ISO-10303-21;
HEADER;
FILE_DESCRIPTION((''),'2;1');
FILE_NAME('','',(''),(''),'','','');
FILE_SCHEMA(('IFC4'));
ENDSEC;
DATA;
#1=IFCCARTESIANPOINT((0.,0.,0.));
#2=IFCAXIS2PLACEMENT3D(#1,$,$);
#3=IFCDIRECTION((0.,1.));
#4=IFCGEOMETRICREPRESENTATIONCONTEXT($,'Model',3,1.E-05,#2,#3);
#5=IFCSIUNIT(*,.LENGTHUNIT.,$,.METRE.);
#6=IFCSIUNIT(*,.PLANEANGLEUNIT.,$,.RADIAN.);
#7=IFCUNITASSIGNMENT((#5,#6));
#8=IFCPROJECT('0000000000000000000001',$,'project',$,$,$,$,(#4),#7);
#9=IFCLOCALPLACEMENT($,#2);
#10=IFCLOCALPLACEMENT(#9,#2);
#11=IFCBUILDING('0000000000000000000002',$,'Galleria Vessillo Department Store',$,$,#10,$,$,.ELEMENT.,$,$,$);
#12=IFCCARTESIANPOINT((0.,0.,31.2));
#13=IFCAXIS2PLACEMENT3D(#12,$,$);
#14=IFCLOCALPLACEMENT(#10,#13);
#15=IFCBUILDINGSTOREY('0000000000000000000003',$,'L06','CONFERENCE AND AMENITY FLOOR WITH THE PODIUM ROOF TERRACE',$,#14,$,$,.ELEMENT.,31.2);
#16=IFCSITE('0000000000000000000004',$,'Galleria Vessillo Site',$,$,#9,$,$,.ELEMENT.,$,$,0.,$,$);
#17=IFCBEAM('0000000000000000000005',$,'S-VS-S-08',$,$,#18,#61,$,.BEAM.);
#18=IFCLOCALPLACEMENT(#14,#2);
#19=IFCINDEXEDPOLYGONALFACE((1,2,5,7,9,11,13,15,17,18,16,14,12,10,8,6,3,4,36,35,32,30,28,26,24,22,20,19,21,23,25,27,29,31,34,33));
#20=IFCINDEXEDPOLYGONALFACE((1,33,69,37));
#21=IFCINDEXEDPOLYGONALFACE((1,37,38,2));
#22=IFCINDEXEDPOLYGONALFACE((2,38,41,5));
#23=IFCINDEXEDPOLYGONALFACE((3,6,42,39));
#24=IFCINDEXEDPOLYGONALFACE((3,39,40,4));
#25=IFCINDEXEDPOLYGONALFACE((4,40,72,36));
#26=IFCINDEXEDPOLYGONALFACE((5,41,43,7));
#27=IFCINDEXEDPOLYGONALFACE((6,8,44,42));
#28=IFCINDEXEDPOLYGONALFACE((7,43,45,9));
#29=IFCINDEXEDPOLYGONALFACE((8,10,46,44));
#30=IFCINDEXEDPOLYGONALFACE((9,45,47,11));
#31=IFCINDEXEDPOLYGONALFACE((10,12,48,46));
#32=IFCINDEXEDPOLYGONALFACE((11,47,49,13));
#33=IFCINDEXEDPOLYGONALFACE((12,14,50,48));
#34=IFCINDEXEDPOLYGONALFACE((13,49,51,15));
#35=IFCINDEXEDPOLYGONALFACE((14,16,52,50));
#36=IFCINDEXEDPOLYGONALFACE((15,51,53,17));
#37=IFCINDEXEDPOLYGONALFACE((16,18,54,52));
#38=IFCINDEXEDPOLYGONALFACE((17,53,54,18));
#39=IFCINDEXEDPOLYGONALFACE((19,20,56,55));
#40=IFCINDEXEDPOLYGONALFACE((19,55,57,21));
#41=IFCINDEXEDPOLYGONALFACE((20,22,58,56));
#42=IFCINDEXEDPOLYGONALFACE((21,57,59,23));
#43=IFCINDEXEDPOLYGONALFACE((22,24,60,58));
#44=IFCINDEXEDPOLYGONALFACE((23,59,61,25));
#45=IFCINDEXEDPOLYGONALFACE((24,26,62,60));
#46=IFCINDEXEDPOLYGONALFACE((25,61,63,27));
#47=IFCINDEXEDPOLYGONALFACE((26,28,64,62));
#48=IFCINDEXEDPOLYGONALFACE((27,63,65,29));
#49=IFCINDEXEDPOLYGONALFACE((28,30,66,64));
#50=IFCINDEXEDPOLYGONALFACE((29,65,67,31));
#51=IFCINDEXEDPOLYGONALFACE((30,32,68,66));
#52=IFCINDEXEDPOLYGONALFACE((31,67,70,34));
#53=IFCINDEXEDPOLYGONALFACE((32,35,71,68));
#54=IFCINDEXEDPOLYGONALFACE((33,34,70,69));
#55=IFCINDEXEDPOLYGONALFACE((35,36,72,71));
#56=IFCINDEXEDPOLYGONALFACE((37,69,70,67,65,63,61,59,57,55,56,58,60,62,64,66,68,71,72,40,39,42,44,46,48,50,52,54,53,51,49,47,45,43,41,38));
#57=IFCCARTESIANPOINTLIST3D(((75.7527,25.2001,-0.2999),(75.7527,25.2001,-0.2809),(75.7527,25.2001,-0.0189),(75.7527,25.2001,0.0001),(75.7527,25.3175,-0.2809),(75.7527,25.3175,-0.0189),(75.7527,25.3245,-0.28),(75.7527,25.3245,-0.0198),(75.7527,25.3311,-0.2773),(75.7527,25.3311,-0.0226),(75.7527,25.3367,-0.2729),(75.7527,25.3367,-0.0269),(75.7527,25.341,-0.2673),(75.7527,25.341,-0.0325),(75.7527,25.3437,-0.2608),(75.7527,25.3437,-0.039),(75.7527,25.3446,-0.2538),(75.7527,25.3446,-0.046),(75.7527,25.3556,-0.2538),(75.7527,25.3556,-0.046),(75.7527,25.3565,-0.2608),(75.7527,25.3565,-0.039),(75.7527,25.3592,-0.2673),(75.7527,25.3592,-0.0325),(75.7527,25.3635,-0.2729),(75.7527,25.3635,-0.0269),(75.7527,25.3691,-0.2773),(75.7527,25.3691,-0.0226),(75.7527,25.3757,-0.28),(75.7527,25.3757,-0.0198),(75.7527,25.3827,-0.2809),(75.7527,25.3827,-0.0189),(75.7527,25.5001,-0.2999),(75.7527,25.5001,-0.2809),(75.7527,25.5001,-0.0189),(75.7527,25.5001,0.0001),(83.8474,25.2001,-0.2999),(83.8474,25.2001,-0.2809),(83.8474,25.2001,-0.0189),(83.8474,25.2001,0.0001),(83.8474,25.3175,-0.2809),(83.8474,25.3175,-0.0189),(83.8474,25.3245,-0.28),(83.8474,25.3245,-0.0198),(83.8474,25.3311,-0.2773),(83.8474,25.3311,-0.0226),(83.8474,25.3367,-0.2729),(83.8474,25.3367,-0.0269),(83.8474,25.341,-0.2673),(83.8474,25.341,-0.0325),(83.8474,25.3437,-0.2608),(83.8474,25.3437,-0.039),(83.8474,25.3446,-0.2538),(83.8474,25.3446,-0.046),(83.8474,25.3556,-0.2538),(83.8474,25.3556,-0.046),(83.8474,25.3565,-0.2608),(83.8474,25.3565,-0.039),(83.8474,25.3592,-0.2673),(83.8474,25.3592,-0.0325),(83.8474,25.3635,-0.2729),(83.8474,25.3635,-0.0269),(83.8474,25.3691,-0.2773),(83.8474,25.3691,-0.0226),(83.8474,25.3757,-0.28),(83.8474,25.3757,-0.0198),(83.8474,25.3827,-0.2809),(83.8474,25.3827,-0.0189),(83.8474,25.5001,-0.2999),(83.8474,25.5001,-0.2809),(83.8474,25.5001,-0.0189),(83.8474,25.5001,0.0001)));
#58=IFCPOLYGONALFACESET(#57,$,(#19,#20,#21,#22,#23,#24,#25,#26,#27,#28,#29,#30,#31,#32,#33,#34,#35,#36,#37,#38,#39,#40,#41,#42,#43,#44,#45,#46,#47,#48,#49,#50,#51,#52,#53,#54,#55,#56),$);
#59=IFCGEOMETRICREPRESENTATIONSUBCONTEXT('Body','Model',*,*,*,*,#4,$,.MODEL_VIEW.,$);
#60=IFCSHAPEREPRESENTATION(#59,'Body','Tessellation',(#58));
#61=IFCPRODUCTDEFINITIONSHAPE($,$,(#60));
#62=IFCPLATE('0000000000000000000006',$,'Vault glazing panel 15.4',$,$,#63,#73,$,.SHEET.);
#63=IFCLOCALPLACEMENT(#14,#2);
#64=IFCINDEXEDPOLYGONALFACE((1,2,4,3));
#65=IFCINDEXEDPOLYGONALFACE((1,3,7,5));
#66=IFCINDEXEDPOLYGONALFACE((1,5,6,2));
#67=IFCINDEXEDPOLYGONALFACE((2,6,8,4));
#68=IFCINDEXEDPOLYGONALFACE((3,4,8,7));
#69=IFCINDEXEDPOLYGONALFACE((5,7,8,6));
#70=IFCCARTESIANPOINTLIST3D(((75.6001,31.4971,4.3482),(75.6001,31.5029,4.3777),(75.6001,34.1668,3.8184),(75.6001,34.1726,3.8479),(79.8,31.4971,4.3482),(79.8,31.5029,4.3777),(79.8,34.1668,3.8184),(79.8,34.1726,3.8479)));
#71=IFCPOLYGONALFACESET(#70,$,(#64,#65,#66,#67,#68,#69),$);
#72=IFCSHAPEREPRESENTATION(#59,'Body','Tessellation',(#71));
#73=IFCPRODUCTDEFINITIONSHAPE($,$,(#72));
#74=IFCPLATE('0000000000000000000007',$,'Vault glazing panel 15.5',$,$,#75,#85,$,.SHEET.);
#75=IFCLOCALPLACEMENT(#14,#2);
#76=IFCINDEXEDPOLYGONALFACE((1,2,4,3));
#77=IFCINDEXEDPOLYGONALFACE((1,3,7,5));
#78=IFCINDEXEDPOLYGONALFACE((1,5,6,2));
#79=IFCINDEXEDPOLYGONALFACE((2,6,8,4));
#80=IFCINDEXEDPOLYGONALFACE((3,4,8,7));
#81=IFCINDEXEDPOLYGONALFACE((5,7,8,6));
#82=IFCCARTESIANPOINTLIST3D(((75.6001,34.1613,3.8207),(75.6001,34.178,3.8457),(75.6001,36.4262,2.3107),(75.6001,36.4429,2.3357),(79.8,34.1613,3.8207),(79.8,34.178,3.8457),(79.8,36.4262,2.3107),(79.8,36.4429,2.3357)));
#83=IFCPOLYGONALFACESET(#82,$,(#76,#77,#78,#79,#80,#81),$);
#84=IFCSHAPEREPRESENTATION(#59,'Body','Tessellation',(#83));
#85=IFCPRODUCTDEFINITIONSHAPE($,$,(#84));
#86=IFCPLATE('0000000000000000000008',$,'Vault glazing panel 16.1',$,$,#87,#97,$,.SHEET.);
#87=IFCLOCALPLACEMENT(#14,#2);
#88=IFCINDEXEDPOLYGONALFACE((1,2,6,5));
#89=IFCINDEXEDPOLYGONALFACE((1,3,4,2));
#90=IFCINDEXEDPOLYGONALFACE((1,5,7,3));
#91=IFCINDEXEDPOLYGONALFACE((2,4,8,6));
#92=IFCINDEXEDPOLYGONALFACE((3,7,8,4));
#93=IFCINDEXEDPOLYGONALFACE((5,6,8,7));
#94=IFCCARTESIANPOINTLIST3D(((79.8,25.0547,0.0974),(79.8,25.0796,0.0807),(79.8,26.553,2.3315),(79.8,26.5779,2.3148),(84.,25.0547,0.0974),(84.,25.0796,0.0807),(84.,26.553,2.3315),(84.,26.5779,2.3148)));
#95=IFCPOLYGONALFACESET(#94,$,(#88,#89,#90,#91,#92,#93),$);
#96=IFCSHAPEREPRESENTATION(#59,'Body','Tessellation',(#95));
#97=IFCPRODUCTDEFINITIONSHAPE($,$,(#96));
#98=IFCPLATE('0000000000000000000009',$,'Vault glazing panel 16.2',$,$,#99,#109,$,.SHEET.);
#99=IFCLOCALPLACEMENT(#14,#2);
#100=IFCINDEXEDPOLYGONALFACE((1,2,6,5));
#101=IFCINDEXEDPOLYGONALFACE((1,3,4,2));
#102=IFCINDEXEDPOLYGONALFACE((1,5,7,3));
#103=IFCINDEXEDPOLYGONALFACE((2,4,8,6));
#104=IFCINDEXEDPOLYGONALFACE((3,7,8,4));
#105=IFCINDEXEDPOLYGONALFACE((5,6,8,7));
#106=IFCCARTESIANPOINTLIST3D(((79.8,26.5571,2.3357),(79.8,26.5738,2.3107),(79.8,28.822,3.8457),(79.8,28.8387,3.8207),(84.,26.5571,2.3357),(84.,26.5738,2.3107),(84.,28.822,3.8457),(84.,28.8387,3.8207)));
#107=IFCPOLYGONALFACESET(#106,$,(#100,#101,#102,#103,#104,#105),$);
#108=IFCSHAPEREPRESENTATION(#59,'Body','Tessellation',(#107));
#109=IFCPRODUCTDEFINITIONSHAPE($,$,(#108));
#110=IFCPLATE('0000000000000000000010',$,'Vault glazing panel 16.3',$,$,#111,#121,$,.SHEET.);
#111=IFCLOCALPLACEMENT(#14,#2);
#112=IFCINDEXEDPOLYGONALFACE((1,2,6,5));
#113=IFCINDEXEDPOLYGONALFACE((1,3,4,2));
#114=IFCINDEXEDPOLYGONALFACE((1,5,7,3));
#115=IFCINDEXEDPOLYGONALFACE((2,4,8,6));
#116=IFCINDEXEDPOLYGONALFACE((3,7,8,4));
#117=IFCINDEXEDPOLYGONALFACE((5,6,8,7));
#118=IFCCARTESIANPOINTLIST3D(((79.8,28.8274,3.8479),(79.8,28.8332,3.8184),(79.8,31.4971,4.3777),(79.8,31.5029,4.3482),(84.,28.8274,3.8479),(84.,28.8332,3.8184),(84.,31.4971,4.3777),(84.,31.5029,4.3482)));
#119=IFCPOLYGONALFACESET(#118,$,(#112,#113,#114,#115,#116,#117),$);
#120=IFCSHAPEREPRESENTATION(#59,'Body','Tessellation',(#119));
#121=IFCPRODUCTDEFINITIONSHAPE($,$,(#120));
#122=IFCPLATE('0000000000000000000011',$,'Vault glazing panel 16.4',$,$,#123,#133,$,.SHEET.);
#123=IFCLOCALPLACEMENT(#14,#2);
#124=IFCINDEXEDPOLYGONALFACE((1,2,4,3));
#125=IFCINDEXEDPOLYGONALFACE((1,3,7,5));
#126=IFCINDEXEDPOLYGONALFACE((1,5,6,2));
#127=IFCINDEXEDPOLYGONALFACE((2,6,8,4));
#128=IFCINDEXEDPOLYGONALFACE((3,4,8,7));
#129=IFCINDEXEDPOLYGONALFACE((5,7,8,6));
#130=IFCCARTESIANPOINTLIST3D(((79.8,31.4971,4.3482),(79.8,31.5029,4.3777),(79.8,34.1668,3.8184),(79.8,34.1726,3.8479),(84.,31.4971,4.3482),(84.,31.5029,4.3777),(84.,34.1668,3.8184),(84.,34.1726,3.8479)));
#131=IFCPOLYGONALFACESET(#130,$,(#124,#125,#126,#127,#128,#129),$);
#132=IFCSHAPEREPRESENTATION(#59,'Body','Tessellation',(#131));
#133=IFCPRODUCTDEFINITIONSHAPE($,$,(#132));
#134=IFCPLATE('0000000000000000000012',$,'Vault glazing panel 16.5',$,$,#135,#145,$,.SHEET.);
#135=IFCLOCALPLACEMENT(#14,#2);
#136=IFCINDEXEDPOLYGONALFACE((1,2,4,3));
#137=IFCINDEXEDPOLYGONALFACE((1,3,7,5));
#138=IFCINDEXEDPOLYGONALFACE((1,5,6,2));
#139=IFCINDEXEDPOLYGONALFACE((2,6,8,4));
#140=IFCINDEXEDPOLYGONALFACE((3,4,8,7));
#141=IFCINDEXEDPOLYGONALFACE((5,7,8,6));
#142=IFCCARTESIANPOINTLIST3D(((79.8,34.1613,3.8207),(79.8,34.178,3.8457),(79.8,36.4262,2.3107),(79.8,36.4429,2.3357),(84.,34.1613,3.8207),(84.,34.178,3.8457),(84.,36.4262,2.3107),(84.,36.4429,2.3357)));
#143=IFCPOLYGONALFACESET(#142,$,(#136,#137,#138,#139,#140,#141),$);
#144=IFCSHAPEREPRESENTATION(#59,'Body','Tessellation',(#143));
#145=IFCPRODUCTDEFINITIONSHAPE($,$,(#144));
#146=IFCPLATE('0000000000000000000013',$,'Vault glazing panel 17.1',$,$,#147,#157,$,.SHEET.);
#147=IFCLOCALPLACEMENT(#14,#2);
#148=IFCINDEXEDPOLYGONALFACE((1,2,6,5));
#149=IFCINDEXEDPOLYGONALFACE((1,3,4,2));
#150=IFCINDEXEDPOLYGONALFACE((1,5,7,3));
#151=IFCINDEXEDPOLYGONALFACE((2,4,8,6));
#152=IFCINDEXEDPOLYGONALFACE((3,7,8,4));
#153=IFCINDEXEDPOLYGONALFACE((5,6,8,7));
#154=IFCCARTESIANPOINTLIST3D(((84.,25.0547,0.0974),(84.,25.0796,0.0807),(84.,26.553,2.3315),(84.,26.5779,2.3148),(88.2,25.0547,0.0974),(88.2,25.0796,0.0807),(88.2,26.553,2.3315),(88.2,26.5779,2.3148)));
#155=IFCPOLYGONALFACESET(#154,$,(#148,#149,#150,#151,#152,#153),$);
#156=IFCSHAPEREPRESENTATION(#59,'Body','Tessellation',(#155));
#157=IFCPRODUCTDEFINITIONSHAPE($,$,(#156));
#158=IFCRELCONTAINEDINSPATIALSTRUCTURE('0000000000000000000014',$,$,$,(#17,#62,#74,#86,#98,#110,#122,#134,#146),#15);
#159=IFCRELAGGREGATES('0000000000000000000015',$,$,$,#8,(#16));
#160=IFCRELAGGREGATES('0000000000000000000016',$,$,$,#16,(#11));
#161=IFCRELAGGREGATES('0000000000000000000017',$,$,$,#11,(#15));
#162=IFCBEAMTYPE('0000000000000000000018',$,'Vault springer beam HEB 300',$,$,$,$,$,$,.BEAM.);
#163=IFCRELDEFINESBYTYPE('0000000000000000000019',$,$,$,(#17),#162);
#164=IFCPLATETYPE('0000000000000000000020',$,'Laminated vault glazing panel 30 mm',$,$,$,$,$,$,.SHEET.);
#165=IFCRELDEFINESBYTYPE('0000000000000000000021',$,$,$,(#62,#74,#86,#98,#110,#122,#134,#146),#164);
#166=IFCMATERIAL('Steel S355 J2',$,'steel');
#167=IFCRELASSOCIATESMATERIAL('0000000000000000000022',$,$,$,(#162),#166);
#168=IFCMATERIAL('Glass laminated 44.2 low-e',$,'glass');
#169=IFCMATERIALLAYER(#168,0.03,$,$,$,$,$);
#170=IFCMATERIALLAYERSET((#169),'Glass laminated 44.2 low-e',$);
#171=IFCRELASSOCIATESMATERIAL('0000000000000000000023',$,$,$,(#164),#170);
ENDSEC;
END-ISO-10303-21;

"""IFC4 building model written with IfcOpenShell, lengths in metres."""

from ifc_helpers import new_model, si_unit, direction, frame, origin, origin_2d, place, context, subcontext, project, spatial, polyline, i_section, outline, extrude, material, layer, layer_set, material_profile, profile_set, type_object, element, save


model = new_model("IFC4")

# Units and contexts
model_context = context("Model", 3, precision=1e-05, world=origin(), true_north=direction((0.0, 1.0)))
body_context = subcontext(model_context, "Body", "Model", "MODEL_VIEW")
ifc_project = project(units=[si_unit("LENGTHUNIT", "METRE"), si_unit("PLANEANGLEUNIT", "RADIAN")], contexts=[model_context])

# Site, building, storey
site_placement = place(None, origin())
site = spatial("IfcSite", under=ifc_project, at=site_placement, Name="Galleria Vessillo Site", CompositionType="ELEMENT", RefElevation=0.0)
building_placement = place(site_placement, origin())
building = spatial("IfcBuilding", under=site, at=building_placement, Name="Galleria Vessillo Department Store", CompositionType="ELEMENT")
storey_placement = place(building_placement, frame((0.0, 0.0, 31.2)))
storey = spatial("IfcBuildingStorey", under=building, at=storey_placement, Name="L06", Description="CONFERENCE AND AMENITY FLOOR WITH THE PODIUM ROOF TERRACE", CompositionType="ELEMENT", Elevation=31.2)

# Beam
ifc_material_1 = material(Name="Steel S355 J2", Category="steel")
ifc_material_profile_1 = material_profile(ifc_material_1, i_section(OverallWidth=0.3, OverallDepth=0.3, WebThickness=0.011, FlangeThickness=0.019, FilletRadius=0.0271, at=origin_2d()), Name="HEB 300")
ifc_profile_set_1 = profile_set([ifc_material_profile_1], Name="Steel S355 J2")
beam_type_1 = type_object("IfcBeamType", Name="Vault springer beam HEB 300", PredefinedType="BEAM", material=ifc_profile_set_1)
beam_1_placement = place(storey_placement, frame((75.7527, 25.3501, -0.1499), z_axis=(1.0, 0.0, 0.0), x_axis=(0.0, 1.0, 0.0)))
element("IfcBeam", 1, at=beam_1_placement, inside=storey, type_object=beam_type_1, Name="S-VS-S-08", PredefinedType="BEAM", context=body_context, shape_type="SweptSolid", body=[
    extrude(i_section(OverallWidth=0.3, OverallDepth=0.3, WebThickness=0.011, FlangeThickness=0.019, FilletRadius=0.0271, at=origin_2d()), origin(), (0.0, 0.0, 1.0), 8.0947),
])

# Plates
ifc_material_2 = material(Name="Glass laminated 44.2 low-e", Category="glass")
ifc_layer = layer(ifc_material_2, 0.03)
ifc_layer_set = layer_set([ifc_layer], Name="Glass laminated 44.2 low-e")
plate_type = type_object("IfcPlateType", Name="Laminated vault glazing panel 30 mm", PredefinedType="SHEET", material=ifc_layer_set)
plate_1_placement = place(storey_placement, frame((75.6001, 31.5029, 4.3777), z_axis=(0.0, 0.19465, 0.980873), x_axis=(1.0, 0.0, 0.0)))
element("IfcPlate", 2, at=plate_1_placement, inside=storey, type_object=plate_type, Name="Vault glazing panel 15.4", PredefinedType="SHEET", context=body_context, shape_type="SweptSolid", body=[
    extrude(outline(polyline([(0.0, 0.0), (4.2, 0.0), (4.2, 2.7217), (0.0, 2.7217), (0.0, 0.0)])), origin(), (0.0, 0.0, -1.0), 0.03),
])
plate_2_placement = place(storey_placement, frame((75.6001, 34.178, 3.8457), z_axis=(0.0, 0.554721, 0.832036), x_axis=(1.0, 0.0, 0.0)))
element("IfcPlate", 3, at=plate_2_placement, inside=storey, type_object=plate_type, Name="Vault glazing panel 15.5", PredefinedType="SHEET", context=body_context, shape_type="SweptSolid", body=[
    extrude(outline(polyline([(0.0, 0.0), (4.2, 0.0), (4.2, 2.7221), (0.0, 2.7221), (0.0, 0.0)])), origin(), (0.0, 0.0, -1.0), 0.03),
])
plate_3_placement = place(storey_placement, frame((79.8, 25.0547, 0.0974), z_axis=(0.0, -0.830525, 0.556981), x_axis=(1.0, 0.0, 0.0)))
element("IfcPlate", 4, at=plate_3_placement, inside=storey, type_object=plate_type, Name="Vault glazing panel 16.1", PredefinedType="SHEET", context=body_context, shape_type="SweptSolid", body=[
    extrude(outline(polyline([(0.0, 0.0), (4.2, 0.0), (4.2, 2.69), (0.0, 2.69), (0.0, 0.0)])), origin(), (0.0, 0.0, -1.0), 0.03),
])
plate_4_placement = place(storey_placement, frame((79.8, 26.5571, 2.3357), z_axis=(0.0, -0.554721, 0.832036), x_axis=(1.0, 0.0, 0.0)))
element("IfcPlate", 5, at=plate_4_placement, inside=storey, type_object=plate_type, Name="Vault glazing panel 16.2", PredefinedType="SHEET", context=body_context, shape_type="SweptSolid", body=[
    extrude(outline(polyline([(0.0, 0.0), (4.2, 0.0), (4.2, 2.7221), (0.0, 2.7221), (0.0, 0.0)])), origin(), (0.0, 0.0, -1.0), 0.03),
])
for number, where, z_axis, x_axis, name in (
    (6, (79.8, 28.8274, 3.8479), (0.0, -0.19465, 0.980873), (1.0, 0.0, 0.0), "Vault glazing panel 16.3"),
    (7, (79.8, 31.5029, 4.3777), (0.0, 0.19465, 0.980873), (1.0, 0.0, 0.0), "Vault glazing panel 16.4"),
):
    element("IfcPlate", number, at=place(storey_placement, frame(where, z_axis=z_axis, x_axis=x_axis)), inside=storey, type_object=plate_type, Name=name, PredefinedType="SHEET", context=body_context, shape_type="SweptSolid", body=[
        extrude(outline(polyline([(0.0, 0.0), (4.2, 0.0), (4.2, 2.7217), (0.0, 2.7217), (0.0, 0.0)])), origin(), (0.0, 0.0, -1.0), 0.03),
    ])
plate_5_placement = place(storey_placement, frame((79.8, 34.178, 3.8457), z_axis=(0.0, 0.554721, 0.832036), x_axis=(1.0, 0.0, 0.0)))
element("IfcPlate", 8, at=plate_5_placement, inside=storey, type_object=plate_type, Name="Vault glazing panel 16.5", PredefinedType="SHEET", context=body_context, shape_type="SweptSolid", body=[
    extrude(outline(polyline([(0.0, 0.0), (4.2, 0.0), (4.2, 2.7221), (0.0, 2.7221), (0.0, 0.0)])), origin(), (0.0, 0.0, -1.0), 0.03),
])
plate_6_placement = place(storey_placement, frame((84.0, 25.0547, 0.0974), z_axis=(0.0, -0.830525, 0.556981), x_axis=(1.0, 0.0, 0.0)))
element("IfcPlate", 9, at=plate_6_placement, inside=storey, type_object=plate_type, Name="Vault glazing panel 17.1", PredefinedType="SHEET", context=body_context, shape_type="SweptSolid", body=[
    extrude(outline(polyline([(0.0, 0.0), (4.2, 0.0), (4.2, 2.69), (0.0, 2.69), (0.0, 0.0)])), origin(), (0.0, 0.0, -1.0), 0.03),
])

save(model, "model.ifc")
